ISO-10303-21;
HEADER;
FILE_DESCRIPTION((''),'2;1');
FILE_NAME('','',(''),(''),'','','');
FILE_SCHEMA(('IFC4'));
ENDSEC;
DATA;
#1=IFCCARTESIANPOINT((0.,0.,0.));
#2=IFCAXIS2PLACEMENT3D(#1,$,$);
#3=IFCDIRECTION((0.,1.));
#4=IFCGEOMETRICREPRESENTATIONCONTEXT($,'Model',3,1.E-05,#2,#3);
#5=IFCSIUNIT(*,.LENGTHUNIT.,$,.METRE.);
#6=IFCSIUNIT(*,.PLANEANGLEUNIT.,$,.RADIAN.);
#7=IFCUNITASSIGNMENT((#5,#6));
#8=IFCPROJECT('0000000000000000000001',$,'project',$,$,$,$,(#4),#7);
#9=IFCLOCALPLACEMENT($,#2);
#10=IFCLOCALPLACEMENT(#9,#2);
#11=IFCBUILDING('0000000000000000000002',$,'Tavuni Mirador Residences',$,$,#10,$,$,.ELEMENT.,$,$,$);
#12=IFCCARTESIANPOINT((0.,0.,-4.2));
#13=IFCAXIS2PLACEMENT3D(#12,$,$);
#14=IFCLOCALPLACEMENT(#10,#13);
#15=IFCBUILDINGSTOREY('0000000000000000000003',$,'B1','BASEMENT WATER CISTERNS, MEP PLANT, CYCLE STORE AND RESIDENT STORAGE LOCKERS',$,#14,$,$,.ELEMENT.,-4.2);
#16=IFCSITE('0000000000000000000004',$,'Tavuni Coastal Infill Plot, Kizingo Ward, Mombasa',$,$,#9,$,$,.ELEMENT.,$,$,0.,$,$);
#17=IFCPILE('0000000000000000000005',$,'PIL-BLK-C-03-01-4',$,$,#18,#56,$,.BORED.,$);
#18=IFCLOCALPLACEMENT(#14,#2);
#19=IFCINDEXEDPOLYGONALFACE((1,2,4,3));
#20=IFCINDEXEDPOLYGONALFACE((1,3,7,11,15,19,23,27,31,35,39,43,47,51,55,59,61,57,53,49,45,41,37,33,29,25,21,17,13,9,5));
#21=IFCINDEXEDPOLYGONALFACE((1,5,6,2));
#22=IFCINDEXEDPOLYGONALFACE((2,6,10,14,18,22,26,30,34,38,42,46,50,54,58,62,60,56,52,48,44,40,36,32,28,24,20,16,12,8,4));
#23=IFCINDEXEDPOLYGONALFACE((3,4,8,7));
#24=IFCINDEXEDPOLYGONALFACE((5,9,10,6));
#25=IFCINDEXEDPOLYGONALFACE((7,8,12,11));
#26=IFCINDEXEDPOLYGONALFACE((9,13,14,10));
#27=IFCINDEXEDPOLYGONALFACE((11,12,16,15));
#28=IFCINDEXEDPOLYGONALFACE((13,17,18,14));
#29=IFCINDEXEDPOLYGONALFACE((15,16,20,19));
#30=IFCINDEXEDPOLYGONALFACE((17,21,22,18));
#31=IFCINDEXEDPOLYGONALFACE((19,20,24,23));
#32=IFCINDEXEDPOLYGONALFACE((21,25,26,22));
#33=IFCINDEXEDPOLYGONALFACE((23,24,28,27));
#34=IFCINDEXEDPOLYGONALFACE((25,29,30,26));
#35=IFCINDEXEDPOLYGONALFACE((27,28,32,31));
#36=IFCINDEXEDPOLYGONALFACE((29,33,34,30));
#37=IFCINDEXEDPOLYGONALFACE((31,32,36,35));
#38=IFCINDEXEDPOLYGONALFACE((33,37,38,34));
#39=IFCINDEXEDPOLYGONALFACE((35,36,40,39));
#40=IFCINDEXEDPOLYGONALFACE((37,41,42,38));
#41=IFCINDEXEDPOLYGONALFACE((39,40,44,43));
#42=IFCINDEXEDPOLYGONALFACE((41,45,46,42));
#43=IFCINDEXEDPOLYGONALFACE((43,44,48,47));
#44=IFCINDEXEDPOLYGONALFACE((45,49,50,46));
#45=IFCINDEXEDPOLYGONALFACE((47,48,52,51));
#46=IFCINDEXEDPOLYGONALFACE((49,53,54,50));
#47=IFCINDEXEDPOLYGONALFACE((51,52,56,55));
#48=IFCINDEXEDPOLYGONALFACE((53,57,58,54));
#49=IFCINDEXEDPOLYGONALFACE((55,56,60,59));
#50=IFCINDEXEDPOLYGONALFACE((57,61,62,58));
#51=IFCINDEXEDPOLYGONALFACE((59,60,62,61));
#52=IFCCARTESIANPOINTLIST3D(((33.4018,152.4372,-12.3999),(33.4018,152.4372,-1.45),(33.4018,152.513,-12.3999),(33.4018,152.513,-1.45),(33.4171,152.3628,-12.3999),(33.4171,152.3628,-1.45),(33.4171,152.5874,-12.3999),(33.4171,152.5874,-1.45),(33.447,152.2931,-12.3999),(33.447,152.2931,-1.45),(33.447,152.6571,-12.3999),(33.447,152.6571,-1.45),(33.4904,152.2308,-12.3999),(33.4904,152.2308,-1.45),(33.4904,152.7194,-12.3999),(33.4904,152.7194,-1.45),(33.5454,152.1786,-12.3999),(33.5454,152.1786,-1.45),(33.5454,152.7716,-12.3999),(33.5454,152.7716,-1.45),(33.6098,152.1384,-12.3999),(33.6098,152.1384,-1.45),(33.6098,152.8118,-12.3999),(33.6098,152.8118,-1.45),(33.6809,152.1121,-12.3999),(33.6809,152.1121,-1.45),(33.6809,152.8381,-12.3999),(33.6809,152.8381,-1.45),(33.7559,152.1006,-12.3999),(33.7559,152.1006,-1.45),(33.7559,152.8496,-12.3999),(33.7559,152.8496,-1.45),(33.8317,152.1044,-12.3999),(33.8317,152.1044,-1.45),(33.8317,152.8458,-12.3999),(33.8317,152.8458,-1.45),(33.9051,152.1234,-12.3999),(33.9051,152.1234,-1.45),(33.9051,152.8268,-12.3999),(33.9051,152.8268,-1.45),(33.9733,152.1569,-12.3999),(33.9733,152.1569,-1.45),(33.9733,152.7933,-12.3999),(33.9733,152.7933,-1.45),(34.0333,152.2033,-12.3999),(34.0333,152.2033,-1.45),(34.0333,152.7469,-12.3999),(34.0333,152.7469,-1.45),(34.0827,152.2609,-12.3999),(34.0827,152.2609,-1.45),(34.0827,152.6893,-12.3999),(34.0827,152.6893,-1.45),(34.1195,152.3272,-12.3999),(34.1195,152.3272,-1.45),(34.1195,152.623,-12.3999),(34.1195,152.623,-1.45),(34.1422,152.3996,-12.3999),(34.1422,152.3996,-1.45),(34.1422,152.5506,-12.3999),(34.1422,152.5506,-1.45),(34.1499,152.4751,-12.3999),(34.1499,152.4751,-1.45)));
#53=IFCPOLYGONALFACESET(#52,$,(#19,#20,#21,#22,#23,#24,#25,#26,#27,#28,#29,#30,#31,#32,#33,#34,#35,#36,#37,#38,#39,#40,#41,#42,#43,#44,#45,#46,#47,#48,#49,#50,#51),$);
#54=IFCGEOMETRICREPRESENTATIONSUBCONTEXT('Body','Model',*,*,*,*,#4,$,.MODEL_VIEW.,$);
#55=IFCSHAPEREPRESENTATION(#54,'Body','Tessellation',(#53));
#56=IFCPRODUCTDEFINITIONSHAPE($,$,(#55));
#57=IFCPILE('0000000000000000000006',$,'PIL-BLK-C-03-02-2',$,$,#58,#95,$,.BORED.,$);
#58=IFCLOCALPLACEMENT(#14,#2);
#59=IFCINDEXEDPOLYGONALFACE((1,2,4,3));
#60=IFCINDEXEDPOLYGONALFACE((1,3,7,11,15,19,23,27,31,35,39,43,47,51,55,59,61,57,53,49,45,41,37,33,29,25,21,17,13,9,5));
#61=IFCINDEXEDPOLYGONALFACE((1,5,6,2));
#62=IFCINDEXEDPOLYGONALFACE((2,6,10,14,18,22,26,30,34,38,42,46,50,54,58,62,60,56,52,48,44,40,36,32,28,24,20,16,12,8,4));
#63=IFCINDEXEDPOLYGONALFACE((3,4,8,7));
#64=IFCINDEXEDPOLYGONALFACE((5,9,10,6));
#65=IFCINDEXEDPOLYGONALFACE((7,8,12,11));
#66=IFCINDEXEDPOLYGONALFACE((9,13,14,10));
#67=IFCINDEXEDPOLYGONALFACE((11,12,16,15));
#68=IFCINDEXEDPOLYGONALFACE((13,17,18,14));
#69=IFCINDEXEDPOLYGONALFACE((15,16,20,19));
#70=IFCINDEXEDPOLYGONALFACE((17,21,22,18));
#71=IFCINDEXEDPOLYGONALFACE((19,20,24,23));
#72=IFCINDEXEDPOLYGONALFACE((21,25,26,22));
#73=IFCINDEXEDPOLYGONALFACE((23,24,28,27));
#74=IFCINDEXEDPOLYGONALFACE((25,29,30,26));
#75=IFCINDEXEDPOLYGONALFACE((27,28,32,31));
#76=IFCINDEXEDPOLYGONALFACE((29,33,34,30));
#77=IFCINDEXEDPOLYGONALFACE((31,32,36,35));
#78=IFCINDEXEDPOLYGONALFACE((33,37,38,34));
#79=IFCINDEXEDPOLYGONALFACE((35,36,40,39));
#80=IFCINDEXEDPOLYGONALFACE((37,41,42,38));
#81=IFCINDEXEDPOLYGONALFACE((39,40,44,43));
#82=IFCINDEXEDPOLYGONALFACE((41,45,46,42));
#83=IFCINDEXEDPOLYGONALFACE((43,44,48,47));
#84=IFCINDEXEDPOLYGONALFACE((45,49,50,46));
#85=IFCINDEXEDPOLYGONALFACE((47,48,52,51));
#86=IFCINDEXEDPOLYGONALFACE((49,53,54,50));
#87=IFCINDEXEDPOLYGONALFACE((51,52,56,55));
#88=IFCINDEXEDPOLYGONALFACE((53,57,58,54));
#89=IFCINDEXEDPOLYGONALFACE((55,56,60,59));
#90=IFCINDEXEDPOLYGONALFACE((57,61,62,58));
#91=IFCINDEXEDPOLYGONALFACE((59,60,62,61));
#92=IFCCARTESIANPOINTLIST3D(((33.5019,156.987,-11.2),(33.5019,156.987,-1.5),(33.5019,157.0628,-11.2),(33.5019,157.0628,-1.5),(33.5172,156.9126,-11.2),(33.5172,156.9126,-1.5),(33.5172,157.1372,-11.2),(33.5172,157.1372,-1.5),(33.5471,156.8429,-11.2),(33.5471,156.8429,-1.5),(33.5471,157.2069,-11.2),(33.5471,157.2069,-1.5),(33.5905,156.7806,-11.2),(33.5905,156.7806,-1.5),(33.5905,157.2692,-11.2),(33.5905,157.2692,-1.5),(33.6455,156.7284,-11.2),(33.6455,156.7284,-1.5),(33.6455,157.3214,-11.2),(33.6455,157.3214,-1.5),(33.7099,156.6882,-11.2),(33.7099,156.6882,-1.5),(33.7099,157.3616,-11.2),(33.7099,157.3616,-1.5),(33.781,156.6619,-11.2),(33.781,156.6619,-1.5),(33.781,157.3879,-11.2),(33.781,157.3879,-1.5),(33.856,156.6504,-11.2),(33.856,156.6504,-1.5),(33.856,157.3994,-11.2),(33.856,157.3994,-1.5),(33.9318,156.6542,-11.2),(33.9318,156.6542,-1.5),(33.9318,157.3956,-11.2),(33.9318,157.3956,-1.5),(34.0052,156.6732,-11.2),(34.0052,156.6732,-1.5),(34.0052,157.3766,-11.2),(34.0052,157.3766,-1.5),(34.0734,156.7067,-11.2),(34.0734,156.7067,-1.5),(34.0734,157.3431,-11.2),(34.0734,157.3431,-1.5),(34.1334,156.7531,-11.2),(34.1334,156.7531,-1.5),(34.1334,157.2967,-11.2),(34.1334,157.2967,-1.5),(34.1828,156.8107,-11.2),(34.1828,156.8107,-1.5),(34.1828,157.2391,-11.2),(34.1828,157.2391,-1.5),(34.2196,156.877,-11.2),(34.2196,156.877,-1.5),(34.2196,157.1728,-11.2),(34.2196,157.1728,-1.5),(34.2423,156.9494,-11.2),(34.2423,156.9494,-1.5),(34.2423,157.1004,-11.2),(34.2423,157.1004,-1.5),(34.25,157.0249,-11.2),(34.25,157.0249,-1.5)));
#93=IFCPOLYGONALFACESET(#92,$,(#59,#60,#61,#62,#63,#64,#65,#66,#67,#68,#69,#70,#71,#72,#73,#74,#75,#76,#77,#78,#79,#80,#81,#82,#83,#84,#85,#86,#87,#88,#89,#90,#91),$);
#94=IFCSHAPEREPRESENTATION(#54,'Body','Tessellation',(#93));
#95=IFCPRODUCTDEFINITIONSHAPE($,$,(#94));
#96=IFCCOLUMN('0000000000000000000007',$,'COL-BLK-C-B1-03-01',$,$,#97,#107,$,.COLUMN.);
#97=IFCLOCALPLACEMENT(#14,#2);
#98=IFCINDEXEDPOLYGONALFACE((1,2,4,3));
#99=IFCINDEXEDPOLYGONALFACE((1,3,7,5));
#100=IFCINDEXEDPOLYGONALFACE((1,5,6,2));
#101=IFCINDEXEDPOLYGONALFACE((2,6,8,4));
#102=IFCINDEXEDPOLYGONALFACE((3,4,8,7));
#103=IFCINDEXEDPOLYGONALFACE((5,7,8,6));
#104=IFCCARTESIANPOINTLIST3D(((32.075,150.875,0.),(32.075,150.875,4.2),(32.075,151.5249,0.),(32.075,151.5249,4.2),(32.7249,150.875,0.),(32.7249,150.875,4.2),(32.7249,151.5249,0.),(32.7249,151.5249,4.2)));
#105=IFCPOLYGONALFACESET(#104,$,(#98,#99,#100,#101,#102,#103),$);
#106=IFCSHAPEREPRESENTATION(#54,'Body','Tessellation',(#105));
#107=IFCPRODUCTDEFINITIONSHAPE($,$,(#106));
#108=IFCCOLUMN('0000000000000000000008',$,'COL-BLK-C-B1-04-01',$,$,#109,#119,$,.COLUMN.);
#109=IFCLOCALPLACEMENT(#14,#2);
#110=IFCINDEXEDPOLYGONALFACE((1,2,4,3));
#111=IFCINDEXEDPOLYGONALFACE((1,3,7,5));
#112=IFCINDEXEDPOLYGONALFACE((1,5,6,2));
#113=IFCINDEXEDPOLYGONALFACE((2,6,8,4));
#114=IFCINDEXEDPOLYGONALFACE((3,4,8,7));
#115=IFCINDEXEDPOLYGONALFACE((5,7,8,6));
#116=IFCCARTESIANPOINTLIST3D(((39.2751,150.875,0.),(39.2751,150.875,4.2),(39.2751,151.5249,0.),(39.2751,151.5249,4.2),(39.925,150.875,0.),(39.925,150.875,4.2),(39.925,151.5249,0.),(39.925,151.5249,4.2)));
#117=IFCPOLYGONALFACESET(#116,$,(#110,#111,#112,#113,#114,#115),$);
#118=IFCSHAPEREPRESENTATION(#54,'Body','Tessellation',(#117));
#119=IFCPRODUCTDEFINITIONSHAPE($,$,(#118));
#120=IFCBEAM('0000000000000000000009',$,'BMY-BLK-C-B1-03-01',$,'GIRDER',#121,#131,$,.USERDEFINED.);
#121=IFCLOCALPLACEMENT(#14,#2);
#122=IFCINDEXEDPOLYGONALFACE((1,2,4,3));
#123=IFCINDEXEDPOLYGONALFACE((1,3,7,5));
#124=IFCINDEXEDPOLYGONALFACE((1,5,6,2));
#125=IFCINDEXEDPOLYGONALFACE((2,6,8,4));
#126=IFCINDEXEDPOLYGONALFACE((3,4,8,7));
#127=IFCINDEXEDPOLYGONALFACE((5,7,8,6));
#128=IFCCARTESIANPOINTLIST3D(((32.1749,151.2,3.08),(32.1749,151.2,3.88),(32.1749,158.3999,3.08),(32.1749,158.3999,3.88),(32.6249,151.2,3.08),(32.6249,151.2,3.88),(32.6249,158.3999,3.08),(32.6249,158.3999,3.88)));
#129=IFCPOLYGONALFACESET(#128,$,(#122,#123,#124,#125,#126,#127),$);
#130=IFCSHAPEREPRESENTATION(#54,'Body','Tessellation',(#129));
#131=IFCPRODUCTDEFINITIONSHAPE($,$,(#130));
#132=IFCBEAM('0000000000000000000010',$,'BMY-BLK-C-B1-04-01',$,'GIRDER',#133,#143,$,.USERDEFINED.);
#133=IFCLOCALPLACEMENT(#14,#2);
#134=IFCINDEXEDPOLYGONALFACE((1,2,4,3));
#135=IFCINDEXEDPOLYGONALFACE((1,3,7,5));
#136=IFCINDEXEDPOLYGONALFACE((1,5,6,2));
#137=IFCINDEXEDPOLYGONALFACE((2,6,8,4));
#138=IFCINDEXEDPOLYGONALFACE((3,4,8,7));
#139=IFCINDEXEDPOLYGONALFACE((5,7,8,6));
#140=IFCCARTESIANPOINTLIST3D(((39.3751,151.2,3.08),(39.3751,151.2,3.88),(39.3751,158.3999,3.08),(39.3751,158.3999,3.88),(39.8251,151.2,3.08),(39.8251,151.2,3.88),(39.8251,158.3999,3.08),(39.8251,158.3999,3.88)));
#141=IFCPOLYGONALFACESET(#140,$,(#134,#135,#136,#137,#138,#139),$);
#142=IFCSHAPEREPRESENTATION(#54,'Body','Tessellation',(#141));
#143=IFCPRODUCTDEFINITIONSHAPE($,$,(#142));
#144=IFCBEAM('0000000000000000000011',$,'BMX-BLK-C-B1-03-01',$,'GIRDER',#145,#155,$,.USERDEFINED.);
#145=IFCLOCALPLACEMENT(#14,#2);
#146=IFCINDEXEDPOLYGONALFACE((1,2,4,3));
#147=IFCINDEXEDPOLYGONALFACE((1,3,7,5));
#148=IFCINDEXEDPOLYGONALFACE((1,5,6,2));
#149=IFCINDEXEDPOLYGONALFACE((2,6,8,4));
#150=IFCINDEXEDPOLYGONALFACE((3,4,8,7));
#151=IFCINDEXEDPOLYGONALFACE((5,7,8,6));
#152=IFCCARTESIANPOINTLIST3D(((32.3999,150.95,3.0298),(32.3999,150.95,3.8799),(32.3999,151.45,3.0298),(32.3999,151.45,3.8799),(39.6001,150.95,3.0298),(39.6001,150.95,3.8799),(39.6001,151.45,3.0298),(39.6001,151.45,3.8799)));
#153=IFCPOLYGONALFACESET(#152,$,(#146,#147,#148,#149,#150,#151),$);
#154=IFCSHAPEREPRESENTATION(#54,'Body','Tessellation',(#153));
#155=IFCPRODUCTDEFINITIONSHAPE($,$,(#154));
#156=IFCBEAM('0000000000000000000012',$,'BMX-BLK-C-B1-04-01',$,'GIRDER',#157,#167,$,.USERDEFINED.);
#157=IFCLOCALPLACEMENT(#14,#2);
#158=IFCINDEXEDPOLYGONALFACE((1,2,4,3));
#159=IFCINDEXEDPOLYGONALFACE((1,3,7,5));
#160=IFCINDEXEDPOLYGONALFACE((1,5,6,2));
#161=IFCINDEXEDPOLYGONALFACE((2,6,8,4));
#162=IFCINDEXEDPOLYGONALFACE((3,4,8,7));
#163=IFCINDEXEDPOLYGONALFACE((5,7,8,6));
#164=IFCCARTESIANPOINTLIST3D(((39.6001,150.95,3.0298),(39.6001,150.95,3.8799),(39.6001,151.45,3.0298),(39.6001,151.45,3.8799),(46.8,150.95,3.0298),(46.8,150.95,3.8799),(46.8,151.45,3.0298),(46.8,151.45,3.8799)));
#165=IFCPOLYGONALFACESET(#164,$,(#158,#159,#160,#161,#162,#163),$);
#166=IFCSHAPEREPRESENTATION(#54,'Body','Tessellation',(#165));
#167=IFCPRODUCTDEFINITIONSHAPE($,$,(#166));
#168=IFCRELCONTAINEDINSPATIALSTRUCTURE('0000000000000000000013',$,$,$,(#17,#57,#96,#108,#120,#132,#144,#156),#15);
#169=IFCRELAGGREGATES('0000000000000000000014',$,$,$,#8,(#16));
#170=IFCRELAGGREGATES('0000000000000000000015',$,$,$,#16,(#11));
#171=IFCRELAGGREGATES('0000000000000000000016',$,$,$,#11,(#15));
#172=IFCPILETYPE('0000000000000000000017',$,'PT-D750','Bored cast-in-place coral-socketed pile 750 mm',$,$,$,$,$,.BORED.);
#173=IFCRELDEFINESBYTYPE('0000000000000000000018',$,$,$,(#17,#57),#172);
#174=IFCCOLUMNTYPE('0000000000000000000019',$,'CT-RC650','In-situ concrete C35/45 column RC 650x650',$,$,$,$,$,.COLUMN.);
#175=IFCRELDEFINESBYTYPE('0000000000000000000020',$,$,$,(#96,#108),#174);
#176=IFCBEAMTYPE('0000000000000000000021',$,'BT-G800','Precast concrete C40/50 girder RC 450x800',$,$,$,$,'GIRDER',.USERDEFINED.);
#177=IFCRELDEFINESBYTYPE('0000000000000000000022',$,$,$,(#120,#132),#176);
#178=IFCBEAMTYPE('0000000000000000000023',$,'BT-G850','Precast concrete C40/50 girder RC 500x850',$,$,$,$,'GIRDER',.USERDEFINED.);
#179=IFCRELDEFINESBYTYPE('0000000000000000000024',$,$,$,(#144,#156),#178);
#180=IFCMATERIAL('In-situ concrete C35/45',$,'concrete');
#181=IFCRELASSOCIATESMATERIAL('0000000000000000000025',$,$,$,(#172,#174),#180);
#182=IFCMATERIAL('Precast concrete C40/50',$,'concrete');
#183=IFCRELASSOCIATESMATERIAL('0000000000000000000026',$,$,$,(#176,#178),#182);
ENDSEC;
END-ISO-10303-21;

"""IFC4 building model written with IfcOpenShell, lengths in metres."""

from ifc_helpers import new_model, si_unit, direction, frame, origin, origin_2d, place, context, subcontext, project, spatial, rectangle, circle, extrude, material, material_profile, profile_set, type_object, element, save


model = new_model("IFC4")

# Units and contexts
model_context = context("Model", 3, precision=1e-05, world=origin(), true_north=direction((0.0, 1.0)))
body_context = subcontext(model_context, "Body", "Model", "MODEL_VIEW")
ifc_project = project(units=[si_unit("LENGTHUNIT", "METRE"), si_unit("PLANEANGLEUNIT", "RADIAN")], contexts=[model_context])

# Site, building, storey
site_placement = place(None, origin())
site = spatial("IfcSite", under=ifc_project, at=site_placement, Name="Tavuni Coastal Infill Plot, Kizingo Ward, Mombasa", CompositionType="ELEMENT", RefElevation=0.0)
building_placement = place(site_placement, origin())
building = spatial("IfcBuilding", under=site, at=building_placement, Name="Tavuni Mirador Residences", CompositionType="ELEMENT")
storey_placement = place(building_placement, frame((0.0, 0.0, -4.2)))
storey = spatial("IfcBuildingStorey", under=building, at=storey_placement, Name="B1", Description="BASEMENT WATER CISTERNS, MEP PLANT, CYCLE STORE AND RESIDENT STORAGE LOCKERS", CompositionType="ELEMENT", Elevation=-4.2)

# Shared definitions
ifc_material_1 = material(Name="In-situ concrete C35/45", Category="concrete")

# Piles
ifc_material_profile_1 = material_profile(ifc_material_1, circle(Radius=0.375, at=origin_2d()), Name="PILE D750", Category="concrete")
ifc_profile_set_1 = profile_set([ifc_material_profile_1], Name="In-situ concrete C35/45")
pile_type_1 = type_object("IfcPileType", Name="PT-D750", Description="Bored cast-in-place coral-socketed pile 750 mm", PredefinedType="BORED", material=ifc_profile_set_1)
for number, where, z_axis, x_axis, name in (
    (1, (33.7749, 152.4751, -1.45), (0.0, 0.0, -1.0), (1.0, 0.0, 0.0), "PIL-BLK-C-03-01-4"),
):
    element("IfcPile", number, at=place(storey_placement, frame(where, z_axis=z_axis, x_axis=x_axis)), inside=storey, type_object=pile_type_1, Name=name, PredefinedType="BORED", context=body_context, shape_type="SweptSolid", body=[
        extrude(circle(Radius=0.375, at=origin_2d()), origin(), (0.0, 0.0, 1.0), 10.95),
    ])
pile_1_placement = place(storey_placement, frame((33.875, 157.0249, -1.5), z_axis=(0.0, 0.0, -1.0), x_axis=(1.0, 0.0, 0.0)))
element("IfcPile", 2, at=pile_1_placement, inside=storey, type_object=pile_type_1, Name="PIL-BLK-C-03-02-2", PredefinedType="BORED", context=body_context, shape_type="SweptSolid", body=[
    extrude(circle(Radius=0.375, at=origin_2d()), origin(), (0.0, 0.0, 1.0), 9.7),
])

# Columns
ifc_material_profile_2 = material_profile(ifc_material_1, rectangle(XDim=0.6499, YDim=0.6499, at=origin_2d()), Name="RC 650x650", Category="concrete")
ifc_profile_set_2 = profile_set([ifc_material_profile_2], Name="In-situ concrete C35/45")
column_type = type_object("IfcColumnType", Name="CT-RC650", Description="In-situ concrete C35/45 column RC 650x650", PredefinedType="COLUMN", material=ifc_profile_set_2)
for number, where, z_axis, x_axis, name in (
    (3, (32.3999, 151.2, 0.0), (0.0, 0.0, 1.0), (1.0, 0.0, 0.0), "COL-BLK-C-B1-03-01"),
    (4, (39.6001, 151.2, 0.0), (0.0, 0.0, 1.0), (1.0, 0.0, 0.0), "COL-BLK-C-B1-04-01"),
):
    element("IfcColumn", number, at=place(storey_placement, frame(where, z_axis=z_axis, x_axis=x_axis)), inside=storey, type_object=column_type, Name=name, PredefinedType="COLUMN", context=body_context, shape_type="SweptSolid", body=[
        extrude(rectangle(XDim=0.6499, YDim=0.6499, at=origin_2d()), origin(), (0.0, 0.0, 1.0), 4.2),
    ])

# Beams
ifc_material_2 = material(Name="Precast concrete C40/50", Category="concrete")
ifc_material_profile_3 = material_profile(ifc_material_2, rectangle(XDim=0.45, YDim=0.8, at=origin_2d()), Name="RC 450x800", Category="concrete")
ifc_profile_set_3 = profile_set([ifc_material_profile_3], Name="Precast concrete C40/50")
beam_type_1 = type_object("IfcBeamType", Name="BT-G800", Description="Precast concrete C40/50 girder RC 450x800", ElementType="GIRDER", PredefinedType="USERDEFINED", material=ifc_profile_set_3)
for number, where, z_axis, x_axis, name in (
    (5, (32.3999, 151.2, 3.48), (0.0, 1.0, 0.0), (-1.0, 0.0, 0.0), "BMY-BLK-C-B1-03-01"),
    (6, (39.6001, 151.2, 3.48), (0.0, 1.0, 0.0), (-1.0, 0.0, 0.0), "BMY-BLK-C-B1-04-01"),
):
    element("IfcBeam", number, at=place(storey_placement, frame(where, z_axis=z_axis, x_axis=x_axis)), inside=storey, type_object=beam_type_1, Name=name, ObjectType="GIRDER", PredefinedType="USERDEFINED", context=body_context, shape_type="SweptSolid", body=[
        extrude(rectangle(XDim=0.45, YDim=0.8, at=origin_2d()), origin(), (0.0, 0.0, 1.0), 7.2),
    ])
ifc_material_profile_4 = material_profile(ifc_material_2, rectangle(XDim=0.5, YDim=0.8501, at=origin_2d()), Name="RC 500x850", Category="concrete")
ifc_profile_set_4 = profile_set([ifc_material_profile_4], Name="Precast concrete C40/50")
beam_type_2 = type_object("IfcBeamType", Name="BT-G850", Description="Precast concrete C40/50 girder RC 500x850", ElementType="GIRDER", PredefinedType="USERDEFINED", material=ifc_profile_set_4)
beam_1_placement = place(storey_placement, frame((32.3999, 151.2, 3.4548), z_axis=(1.0, 0.0, 0.0), x_axis=(0.0, 1.0, 0.0)))
element("IfcBeam", 7, at=beam_1_placement, inside=storey, type_object=beam_type_2, Name="BMX-BLK-C-B1-03-01", ObjectType="GIRDER", PredefinedType="USERDEFINED", context=body_context, shape_type="SweptSolid", body=[
    extrude(rectangle(XDim=0.5, YDim=0.8501, at=origin_2d()), origin(), (0.0, 0.0, 1.0), 7.2002),
])
beam_2_placement = place(storey_placement, frame((39.6001, 151.2, 3.4548), z_axis=(1.0, 0.0, 0.0), x_axis=(0.0, 1.0, 0.0)))
element("IfcBeam", 8, at=beam_2_placement, inside=storey, type_object=beam_type_2, Name="BMX-BLK-C-B1-04-01", ObjectType="GIRDER", PredefinedType="USERDEFINED", context=body_context, shape_type="SweptSolid", body=[
    extrude(rectangle(XDim=0.5, YDim=0.8501, at=origin_2d()), origin(), (0.0, 0.0, 1.0), 7.2),
])

save(model, "model.ifc")
